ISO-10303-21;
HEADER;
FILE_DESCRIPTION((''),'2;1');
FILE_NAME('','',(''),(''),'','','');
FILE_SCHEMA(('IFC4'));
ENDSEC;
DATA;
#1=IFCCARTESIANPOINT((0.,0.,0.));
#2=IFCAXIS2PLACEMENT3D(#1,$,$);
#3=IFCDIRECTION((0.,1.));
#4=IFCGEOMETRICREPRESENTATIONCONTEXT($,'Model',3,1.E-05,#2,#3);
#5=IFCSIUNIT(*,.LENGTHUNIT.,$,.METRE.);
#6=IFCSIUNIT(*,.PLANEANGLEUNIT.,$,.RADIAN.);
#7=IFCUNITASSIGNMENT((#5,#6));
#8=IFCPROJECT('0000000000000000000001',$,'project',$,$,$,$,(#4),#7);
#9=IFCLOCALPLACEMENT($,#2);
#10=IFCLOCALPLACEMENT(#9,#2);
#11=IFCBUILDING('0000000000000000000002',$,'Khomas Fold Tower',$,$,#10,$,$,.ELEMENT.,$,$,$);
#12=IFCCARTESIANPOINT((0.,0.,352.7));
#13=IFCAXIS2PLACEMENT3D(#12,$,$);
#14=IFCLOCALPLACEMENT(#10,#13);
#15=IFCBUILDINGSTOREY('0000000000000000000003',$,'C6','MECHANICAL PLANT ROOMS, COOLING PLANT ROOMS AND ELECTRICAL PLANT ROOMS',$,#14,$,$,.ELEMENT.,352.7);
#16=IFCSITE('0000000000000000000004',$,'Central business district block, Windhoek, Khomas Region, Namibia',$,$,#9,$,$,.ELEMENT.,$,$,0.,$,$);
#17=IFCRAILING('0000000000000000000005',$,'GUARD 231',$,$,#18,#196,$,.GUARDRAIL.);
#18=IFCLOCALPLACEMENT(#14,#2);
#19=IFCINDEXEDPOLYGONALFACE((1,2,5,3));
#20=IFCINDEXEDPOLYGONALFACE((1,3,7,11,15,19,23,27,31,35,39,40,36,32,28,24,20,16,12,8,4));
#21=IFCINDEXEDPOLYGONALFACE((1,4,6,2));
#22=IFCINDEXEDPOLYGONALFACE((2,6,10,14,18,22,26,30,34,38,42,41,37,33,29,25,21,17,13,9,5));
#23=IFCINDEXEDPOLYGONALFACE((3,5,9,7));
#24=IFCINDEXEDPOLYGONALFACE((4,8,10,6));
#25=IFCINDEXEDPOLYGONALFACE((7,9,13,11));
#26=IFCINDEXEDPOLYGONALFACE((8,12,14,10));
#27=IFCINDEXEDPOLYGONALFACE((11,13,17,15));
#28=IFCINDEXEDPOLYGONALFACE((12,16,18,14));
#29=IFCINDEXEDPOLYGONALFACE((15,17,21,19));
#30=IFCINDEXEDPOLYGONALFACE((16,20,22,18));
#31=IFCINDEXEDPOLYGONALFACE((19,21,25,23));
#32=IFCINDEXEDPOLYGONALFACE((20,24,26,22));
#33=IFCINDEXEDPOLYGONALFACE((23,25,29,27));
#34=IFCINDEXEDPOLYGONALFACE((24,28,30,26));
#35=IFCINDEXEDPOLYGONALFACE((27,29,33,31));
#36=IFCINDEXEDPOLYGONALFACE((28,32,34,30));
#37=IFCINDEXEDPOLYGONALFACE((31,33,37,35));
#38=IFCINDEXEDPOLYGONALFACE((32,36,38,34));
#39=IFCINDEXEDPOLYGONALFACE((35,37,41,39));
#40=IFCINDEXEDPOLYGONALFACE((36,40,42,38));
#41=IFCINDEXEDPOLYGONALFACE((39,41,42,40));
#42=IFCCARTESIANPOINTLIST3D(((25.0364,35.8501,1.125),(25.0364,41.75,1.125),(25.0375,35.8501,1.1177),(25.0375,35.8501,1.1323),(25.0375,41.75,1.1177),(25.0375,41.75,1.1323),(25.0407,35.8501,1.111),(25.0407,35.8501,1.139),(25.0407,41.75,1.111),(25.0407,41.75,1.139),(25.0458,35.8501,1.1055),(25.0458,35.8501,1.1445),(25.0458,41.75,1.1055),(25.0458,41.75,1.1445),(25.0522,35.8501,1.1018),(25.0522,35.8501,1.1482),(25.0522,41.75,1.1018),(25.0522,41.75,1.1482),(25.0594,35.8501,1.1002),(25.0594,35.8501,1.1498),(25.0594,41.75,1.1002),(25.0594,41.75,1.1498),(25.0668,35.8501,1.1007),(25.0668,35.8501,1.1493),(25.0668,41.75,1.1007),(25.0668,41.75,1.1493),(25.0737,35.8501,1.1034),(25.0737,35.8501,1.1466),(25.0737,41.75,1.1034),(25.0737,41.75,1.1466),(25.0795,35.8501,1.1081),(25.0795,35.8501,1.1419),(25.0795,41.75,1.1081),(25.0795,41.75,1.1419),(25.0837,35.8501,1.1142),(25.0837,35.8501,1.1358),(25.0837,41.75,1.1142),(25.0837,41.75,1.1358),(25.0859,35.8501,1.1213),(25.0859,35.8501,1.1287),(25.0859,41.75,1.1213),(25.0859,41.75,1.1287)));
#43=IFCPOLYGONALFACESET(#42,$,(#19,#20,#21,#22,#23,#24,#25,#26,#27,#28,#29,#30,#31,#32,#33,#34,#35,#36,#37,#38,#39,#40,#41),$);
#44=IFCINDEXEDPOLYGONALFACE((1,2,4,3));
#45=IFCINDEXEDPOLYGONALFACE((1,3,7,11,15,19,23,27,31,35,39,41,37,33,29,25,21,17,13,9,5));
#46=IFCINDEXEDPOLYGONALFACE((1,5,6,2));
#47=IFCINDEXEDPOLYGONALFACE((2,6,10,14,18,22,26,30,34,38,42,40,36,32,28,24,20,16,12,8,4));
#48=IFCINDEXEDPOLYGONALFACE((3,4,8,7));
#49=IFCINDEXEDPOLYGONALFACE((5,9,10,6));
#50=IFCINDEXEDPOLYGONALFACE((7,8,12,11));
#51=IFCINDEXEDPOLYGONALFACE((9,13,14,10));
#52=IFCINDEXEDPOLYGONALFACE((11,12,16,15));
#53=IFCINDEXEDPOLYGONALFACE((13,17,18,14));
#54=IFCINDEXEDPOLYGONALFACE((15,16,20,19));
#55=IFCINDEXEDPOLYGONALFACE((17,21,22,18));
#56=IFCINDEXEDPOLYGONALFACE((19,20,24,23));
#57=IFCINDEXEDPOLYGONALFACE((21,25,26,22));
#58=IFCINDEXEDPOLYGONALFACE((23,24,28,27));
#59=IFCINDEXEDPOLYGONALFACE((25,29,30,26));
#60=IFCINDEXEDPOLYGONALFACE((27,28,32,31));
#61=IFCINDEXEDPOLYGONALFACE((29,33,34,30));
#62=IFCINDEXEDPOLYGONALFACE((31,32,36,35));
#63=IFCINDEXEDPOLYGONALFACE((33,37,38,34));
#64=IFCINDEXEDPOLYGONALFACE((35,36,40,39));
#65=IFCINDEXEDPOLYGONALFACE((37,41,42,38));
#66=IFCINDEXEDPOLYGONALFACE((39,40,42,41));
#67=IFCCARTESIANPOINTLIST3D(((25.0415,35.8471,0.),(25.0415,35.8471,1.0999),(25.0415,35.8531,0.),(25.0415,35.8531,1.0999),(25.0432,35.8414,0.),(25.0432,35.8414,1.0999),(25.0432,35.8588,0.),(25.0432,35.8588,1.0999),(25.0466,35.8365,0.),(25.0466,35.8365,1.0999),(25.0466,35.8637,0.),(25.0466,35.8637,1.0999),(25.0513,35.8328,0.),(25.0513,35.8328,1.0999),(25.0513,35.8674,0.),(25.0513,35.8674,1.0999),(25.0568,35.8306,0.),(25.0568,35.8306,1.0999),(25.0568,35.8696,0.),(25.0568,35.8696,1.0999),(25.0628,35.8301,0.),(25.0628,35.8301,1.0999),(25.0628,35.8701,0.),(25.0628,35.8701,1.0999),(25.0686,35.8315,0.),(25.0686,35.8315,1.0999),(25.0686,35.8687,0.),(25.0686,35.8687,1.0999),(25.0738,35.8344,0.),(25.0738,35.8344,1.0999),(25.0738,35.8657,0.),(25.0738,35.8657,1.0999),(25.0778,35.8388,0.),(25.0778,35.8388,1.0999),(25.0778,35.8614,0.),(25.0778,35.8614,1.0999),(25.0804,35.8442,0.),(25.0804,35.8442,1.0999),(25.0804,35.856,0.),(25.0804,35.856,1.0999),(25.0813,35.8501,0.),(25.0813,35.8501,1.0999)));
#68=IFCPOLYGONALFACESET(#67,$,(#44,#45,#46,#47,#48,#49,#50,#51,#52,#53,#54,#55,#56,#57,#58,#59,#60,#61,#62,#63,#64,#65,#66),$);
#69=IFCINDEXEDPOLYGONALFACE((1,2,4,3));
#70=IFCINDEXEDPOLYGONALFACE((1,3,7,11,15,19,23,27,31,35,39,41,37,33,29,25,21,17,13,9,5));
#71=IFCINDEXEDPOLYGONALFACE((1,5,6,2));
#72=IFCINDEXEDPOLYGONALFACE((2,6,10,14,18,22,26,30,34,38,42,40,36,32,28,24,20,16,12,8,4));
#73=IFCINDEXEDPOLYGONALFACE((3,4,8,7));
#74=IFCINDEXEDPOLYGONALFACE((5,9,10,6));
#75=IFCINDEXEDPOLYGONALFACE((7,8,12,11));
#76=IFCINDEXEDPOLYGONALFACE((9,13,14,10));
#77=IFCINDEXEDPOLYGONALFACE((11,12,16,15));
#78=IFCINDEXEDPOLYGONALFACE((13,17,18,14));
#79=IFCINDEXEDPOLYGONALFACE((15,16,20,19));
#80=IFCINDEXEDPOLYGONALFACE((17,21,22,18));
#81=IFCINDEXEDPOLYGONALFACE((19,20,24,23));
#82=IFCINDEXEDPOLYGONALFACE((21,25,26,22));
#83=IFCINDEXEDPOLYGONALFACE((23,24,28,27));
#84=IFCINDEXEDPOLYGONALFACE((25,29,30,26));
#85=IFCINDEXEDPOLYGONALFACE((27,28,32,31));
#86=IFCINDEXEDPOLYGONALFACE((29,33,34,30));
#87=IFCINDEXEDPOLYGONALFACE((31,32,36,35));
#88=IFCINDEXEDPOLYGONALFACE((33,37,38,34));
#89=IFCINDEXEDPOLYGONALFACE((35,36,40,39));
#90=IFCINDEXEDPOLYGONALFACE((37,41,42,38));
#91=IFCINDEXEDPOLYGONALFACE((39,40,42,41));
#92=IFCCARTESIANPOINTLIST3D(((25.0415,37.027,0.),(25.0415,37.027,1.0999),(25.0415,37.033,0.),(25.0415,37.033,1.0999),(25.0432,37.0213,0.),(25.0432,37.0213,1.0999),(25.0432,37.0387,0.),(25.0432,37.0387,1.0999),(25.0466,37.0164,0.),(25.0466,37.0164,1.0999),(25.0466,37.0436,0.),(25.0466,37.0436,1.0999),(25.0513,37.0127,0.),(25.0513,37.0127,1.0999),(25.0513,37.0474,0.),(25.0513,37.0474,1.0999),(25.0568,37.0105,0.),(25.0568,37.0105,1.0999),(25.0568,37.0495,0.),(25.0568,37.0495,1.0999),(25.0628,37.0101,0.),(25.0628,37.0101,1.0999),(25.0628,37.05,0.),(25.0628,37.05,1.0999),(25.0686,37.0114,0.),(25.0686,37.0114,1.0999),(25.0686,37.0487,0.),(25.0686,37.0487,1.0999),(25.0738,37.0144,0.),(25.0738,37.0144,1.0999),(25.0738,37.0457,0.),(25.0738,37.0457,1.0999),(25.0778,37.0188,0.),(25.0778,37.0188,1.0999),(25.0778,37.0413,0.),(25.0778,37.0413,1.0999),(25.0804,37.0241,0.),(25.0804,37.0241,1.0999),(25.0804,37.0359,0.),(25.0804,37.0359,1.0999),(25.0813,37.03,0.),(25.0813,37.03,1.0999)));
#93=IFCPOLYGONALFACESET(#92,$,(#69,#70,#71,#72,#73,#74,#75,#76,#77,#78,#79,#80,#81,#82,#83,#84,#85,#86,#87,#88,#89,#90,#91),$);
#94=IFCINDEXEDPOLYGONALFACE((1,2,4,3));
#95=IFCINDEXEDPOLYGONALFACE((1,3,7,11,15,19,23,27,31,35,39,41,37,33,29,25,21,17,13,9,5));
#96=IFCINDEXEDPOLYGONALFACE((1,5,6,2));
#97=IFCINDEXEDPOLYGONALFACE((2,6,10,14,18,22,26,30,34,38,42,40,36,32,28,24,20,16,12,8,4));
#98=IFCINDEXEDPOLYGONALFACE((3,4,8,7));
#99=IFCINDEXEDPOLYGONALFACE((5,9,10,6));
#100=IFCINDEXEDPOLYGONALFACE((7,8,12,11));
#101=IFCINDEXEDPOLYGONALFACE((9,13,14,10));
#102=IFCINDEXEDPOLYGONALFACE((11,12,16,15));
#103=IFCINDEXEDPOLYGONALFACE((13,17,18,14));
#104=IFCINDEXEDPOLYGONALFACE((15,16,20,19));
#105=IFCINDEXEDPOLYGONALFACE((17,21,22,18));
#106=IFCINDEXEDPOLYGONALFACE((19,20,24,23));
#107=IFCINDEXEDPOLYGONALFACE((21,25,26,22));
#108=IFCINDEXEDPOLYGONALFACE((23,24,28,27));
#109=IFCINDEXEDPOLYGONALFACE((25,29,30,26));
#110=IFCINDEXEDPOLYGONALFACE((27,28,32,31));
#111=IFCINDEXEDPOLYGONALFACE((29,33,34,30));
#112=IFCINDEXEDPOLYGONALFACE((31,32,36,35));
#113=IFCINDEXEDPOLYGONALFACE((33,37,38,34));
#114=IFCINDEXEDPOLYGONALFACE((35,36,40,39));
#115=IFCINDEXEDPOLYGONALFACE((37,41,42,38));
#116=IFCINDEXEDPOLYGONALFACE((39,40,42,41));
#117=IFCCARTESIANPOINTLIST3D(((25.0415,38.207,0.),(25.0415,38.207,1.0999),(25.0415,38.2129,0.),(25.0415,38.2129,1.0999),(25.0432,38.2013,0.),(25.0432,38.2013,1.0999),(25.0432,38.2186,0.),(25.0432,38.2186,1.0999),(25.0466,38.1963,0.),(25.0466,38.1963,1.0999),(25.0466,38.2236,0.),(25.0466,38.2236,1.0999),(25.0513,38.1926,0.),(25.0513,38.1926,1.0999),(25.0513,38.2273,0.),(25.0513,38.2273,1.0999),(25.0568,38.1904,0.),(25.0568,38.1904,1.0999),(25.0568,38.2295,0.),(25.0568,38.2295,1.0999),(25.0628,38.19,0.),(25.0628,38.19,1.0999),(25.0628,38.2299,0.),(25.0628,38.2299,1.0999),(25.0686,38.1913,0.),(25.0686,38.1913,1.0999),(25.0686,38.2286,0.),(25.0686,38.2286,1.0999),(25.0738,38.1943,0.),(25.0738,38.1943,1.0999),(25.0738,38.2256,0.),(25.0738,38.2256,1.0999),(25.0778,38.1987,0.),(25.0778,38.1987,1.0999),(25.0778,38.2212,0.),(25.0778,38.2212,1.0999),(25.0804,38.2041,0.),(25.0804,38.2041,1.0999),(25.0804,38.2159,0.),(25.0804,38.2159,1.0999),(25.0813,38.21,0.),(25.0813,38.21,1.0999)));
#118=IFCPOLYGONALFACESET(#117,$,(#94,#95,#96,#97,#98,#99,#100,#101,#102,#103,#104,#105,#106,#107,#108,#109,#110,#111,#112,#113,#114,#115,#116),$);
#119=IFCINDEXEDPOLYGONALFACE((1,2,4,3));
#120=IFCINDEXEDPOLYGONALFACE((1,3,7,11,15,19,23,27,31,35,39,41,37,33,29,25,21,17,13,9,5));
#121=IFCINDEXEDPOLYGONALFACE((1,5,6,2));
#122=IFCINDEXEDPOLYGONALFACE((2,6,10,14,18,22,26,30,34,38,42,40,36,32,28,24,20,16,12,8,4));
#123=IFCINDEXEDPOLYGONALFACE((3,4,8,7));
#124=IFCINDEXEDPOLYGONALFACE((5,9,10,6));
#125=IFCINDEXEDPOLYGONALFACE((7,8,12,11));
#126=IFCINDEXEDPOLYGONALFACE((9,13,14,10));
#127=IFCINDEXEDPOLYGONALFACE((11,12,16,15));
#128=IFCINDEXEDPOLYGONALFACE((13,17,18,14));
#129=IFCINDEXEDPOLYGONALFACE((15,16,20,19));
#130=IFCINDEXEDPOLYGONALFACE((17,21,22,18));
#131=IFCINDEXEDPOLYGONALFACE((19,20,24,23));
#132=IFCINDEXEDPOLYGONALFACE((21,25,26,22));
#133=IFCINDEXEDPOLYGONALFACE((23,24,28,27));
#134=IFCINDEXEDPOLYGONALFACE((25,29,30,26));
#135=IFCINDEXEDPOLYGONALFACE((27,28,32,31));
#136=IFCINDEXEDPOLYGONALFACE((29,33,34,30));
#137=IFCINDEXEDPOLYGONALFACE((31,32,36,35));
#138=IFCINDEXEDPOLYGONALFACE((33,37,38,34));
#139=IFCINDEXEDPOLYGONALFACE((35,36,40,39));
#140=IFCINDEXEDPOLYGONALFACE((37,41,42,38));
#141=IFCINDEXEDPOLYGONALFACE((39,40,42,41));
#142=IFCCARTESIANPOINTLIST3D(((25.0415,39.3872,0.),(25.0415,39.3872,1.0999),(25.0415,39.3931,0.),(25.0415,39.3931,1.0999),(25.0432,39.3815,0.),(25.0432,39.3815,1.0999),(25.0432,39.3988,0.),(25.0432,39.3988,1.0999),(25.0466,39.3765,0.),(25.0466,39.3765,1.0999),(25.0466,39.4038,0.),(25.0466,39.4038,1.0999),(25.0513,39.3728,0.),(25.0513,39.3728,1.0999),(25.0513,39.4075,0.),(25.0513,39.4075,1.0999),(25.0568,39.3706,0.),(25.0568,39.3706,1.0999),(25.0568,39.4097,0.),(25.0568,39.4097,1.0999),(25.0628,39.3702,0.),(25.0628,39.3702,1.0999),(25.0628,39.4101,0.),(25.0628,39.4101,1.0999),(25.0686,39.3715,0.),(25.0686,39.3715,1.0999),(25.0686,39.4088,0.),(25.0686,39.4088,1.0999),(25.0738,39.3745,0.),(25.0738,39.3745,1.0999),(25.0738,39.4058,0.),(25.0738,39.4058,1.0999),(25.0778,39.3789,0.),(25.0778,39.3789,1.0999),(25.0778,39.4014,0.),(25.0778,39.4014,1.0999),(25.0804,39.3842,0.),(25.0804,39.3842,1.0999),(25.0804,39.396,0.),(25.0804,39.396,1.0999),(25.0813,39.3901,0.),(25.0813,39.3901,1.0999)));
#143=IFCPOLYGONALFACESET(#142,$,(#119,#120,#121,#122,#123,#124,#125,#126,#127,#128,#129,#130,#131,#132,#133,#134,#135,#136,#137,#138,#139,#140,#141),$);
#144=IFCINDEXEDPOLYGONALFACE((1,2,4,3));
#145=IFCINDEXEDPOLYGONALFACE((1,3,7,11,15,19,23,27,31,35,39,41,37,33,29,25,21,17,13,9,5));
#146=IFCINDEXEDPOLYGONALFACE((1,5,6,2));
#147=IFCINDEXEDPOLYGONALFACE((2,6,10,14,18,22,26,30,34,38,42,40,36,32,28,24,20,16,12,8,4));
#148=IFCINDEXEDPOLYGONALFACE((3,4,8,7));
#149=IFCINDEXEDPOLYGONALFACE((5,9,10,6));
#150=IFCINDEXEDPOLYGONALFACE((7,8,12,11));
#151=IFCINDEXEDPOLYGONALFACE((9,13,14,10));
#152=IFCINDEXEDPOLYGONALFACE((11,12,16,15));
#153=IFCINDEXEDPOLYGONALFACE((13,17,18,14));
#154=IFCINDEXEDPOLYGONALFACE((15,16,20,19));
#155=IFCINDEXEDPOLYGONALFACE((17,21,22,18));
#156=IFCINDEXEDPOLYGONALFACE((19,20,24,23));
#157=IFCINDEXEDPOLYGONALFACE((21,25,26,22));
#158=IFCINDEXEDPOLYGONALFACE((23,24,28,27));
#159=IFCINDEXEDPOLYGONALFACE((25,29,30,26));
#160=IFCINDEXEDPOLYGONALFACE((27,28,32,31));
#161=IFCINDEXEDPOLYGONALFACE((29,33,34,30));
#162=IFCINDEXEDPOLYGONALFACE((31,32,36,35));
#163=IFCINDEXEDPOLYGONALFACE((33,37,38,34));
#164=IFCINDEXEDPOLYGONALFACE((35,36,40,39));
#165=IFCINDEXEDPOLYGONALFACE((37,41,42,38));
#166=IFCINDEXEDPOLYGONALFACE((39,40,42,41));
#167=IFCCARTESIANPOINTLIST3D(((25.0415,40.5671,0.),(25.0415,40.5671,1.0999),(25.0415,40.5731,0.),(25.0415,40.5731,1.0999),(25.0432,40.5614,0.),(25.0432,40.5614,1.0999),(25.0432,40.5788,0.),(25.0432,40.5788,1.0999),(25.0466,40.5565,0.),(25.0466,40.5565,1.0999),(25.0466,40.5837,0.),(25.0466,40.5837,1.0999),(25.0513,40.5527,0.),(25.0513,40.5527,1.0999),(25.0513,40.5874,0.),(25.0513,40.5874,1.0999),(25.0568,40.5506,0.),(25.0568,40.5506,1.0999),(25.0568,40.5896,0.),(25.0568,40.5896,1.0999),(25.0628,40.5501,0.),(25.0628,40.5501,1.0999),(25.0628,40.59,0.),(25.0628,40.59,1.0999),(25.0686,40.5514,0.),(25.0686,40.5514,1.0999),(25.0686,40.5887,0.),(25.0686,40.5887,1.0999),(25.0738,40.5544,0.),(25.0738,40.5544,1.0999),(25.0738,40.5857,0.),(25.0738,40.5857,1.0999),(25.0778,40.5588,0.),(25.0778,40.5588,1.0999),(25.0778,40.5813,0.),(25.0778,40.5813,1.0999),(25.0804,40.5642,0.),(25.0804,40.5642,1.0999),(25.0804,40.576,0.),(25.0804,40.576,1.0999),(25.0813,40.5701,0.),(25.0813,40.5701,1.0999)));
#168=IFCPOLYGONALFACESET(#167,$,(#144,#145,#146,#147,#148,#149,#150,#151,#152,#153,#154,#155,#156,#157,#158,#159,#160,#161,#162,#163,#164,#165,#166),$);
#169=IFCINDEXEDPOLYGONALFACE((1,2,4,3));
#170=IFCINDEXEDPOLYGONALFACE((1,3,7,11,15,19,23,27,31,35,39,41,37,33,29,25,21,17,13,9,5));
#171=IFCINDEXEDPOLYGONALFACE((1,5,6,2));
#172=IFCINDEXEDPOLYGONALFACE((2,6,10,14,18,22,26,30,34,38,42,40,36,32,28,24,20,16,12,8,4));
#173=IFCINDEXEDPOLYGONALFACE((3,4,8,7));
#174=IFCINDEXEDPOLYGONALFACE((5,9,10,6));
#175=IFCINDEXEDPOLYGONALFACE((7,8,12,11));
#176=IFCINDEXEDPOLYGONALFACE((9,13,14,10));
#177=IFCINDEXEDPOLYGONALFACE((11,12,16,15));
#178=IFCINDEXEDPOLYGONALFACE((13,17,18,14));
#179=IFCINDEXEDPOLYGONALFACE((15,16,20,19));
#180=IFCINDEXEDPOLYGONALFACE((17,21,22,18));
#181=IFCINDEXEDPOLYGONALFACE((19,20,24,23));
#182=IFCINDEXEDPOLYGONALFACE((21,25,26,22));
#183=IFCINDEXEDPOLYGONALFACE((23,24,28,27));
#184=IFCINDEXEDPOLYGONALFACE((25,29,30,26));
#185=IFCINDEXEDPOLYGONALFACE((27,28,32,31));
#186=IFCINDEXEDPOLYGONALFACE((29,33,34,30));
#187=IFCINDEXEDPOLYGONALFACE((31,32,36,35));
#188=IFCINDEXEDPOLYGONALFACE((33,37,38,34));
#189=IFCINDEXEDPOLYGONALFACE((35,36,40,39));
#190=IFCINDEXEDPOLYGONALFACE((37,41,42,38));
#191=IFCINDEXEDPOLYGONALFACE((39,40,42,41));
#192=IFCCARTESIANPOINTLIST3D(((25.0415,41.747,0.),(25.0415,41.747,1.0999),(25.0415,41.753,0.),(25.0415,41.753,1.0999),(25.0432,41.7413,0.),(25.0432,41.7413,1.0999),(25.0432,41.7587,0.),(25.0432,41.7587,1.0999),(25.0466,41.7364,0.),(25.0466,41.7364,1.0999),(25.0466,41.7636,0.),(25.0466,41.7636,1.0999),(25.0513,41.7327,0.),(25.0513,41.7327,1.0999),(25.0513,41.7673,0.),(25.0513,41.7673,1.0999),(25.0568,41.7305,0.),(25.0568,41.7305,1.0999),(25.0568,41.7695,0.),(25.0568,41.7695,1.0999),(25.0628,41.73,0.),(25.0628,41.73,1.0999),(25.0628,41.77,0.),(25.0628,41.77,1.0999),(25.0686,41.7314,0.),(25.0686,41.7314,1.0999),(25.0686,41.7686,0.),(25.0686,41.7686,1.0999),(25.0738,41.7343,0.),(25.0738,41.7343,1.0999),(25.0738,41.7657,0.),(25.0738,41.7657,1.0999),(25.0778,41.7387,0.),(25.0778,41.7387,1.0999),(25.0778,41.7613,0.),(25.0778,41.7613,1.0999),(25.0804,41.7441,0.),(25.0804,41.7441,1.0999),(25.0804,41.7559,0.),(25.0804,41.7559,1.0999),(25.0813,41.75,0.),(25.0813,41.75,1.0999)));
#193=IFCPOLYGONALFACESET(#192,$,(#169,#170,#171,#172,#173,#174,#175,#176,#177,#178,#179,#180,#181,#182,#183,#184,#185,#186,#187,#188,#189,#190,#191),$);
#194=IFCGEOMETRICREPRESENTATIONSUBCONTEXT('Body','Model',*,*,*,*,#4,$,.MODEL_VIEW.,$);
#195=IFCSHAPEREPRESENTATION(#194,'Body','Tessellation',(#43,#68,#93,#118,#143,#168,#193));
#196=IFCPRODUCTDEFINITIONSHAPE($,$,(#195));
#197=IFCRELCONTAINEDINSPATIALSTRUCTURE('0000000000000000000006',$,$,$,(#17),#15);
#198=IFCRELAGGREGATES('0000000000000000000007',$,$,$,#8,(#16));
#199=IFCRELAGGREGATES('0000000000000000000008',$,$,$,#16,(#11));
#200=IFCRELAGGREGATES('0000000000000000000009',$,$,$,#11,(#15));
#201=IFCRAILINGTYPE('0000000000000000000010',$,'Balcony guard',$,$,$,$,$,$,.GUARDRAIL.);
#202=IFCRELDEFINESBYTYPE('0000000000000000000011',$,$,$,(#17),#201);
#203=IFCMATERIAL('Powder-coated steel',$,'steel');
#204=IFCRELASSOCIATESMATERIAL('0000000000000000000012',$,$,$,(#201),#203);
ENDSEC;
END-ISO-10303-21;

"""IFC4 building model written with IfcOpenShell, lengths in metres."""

from ifc_helpers import new_model, si_unit, direction, frame, origin, origin_2d, place, context, subcontext, project, spatial, circle, extrude, source, transform, mapped, material, type_object, element, save


model = new_model("IFC4")

# Units and contexts
model_context = context("Model", 3, precision=1e-05, world=origin(), true_north=direction((0.0, 1.0)))
body_context = subcontext(model_context, "Body", "Model", "MODEL_VIEW")
ifc_project = project(units=[si_unit("LENGTHUNIT", "METRE"), si_unit("PLANEANGLEUNIT", "RADIAN")], contexts=[model_context])

# Site, building, storey
site_placement = place(None, origin())
site = spatial("IfcSite", under=ifc_project, at=site_placement, Name="Central business district block, Windhoek, Khomas Region, Namibia", CompositionType="ELEMENT", RefElevation=0.0)
building_placement = place(site_placement, origin())
building = spatial("IfcBuilding", under=site, at=building_placement, Name="Khomas Fold Tower", CompositionType="ELEMENT")
storey_placement = place(building_placement, frame((0.0, 0.0, 352.7)))
storey = spatial("IfcBuildingStorey", under=building, at=storey_placement, Name="C6", Description="MECHANICAL PLANT ROOMS, COOLING PLANT ROOMS AND ELECTRICAL PLANT ROOMS", CompositionType="ELEMENT", Elevation=352.7)

# Railing
ifc_material_1 = material(Name="Powder-coated steel", Category="steel")
railing_type = type_object("IfcRailingType", Name="Balcony guard", PredefinedType="GUARDRAIL", material=ifc_material_1)
shared_shape_1 = source(origin(), body_context, "Body", "SweptSolid", [
    extrude(circle(Radius=0.0249, at=origin_2d()), frame((0.0, 0.0, 1.125), z_axis=(0.0, 1.0, 0.0), x_axis=(-1.0, 0.0, 0.0)), (0.0, 0.0, 1.0), 5.8999),
    extrude(circle(Radius=0.02, at=origin_2d()), origin(), (0.0, 0.0, 1.0), 1.0999),
    extrude(circle(Radius=0.02, at=origin_2d()), frame((0.0, 1.1799, 0.0)), (0.0, 0.0, 1.0), 1.0999),
    extrude(circle(Radius=0.02, at=origin_2d()), frame((0.0, 2.3599, 0.0)), (0.0, 0.0, 1.0), 1.0999),
    extrude(circle(Radius=0.02, at=origin_2d()), frame((0.0, 3.54, 0.0)), (0.0, 0.0, 1.0), 1.0999),
    extrude(circle(Radius=0.02, at=origin_2d()), frame((0.0, 4.72, 0.0)), (0.0, 0.0, 1.0), 1.0999),
    extrude(circle(Radius=0.02, at=origin_2d()), frame((0.0, 5.8999, 0.0)), (0.0, 0.0, 1.0), 1.0999),
])
for number, where, name in (
    (1, (25.0613, 35.8501, 0.0), "GUARD 231"),
):
    element("IfcRailing", number, at=place(storey_placement, frame(where)), inside=storey, type_object=railing_type, Name=name, PredefinedType="GUARDRAIL", context=body_context, shape_type="MappedRepresentation", body=[
        mapped(shared_shape_1, transform((0.0, 0.0, 0.0))),
    ])

save(model, "model.ifc")
